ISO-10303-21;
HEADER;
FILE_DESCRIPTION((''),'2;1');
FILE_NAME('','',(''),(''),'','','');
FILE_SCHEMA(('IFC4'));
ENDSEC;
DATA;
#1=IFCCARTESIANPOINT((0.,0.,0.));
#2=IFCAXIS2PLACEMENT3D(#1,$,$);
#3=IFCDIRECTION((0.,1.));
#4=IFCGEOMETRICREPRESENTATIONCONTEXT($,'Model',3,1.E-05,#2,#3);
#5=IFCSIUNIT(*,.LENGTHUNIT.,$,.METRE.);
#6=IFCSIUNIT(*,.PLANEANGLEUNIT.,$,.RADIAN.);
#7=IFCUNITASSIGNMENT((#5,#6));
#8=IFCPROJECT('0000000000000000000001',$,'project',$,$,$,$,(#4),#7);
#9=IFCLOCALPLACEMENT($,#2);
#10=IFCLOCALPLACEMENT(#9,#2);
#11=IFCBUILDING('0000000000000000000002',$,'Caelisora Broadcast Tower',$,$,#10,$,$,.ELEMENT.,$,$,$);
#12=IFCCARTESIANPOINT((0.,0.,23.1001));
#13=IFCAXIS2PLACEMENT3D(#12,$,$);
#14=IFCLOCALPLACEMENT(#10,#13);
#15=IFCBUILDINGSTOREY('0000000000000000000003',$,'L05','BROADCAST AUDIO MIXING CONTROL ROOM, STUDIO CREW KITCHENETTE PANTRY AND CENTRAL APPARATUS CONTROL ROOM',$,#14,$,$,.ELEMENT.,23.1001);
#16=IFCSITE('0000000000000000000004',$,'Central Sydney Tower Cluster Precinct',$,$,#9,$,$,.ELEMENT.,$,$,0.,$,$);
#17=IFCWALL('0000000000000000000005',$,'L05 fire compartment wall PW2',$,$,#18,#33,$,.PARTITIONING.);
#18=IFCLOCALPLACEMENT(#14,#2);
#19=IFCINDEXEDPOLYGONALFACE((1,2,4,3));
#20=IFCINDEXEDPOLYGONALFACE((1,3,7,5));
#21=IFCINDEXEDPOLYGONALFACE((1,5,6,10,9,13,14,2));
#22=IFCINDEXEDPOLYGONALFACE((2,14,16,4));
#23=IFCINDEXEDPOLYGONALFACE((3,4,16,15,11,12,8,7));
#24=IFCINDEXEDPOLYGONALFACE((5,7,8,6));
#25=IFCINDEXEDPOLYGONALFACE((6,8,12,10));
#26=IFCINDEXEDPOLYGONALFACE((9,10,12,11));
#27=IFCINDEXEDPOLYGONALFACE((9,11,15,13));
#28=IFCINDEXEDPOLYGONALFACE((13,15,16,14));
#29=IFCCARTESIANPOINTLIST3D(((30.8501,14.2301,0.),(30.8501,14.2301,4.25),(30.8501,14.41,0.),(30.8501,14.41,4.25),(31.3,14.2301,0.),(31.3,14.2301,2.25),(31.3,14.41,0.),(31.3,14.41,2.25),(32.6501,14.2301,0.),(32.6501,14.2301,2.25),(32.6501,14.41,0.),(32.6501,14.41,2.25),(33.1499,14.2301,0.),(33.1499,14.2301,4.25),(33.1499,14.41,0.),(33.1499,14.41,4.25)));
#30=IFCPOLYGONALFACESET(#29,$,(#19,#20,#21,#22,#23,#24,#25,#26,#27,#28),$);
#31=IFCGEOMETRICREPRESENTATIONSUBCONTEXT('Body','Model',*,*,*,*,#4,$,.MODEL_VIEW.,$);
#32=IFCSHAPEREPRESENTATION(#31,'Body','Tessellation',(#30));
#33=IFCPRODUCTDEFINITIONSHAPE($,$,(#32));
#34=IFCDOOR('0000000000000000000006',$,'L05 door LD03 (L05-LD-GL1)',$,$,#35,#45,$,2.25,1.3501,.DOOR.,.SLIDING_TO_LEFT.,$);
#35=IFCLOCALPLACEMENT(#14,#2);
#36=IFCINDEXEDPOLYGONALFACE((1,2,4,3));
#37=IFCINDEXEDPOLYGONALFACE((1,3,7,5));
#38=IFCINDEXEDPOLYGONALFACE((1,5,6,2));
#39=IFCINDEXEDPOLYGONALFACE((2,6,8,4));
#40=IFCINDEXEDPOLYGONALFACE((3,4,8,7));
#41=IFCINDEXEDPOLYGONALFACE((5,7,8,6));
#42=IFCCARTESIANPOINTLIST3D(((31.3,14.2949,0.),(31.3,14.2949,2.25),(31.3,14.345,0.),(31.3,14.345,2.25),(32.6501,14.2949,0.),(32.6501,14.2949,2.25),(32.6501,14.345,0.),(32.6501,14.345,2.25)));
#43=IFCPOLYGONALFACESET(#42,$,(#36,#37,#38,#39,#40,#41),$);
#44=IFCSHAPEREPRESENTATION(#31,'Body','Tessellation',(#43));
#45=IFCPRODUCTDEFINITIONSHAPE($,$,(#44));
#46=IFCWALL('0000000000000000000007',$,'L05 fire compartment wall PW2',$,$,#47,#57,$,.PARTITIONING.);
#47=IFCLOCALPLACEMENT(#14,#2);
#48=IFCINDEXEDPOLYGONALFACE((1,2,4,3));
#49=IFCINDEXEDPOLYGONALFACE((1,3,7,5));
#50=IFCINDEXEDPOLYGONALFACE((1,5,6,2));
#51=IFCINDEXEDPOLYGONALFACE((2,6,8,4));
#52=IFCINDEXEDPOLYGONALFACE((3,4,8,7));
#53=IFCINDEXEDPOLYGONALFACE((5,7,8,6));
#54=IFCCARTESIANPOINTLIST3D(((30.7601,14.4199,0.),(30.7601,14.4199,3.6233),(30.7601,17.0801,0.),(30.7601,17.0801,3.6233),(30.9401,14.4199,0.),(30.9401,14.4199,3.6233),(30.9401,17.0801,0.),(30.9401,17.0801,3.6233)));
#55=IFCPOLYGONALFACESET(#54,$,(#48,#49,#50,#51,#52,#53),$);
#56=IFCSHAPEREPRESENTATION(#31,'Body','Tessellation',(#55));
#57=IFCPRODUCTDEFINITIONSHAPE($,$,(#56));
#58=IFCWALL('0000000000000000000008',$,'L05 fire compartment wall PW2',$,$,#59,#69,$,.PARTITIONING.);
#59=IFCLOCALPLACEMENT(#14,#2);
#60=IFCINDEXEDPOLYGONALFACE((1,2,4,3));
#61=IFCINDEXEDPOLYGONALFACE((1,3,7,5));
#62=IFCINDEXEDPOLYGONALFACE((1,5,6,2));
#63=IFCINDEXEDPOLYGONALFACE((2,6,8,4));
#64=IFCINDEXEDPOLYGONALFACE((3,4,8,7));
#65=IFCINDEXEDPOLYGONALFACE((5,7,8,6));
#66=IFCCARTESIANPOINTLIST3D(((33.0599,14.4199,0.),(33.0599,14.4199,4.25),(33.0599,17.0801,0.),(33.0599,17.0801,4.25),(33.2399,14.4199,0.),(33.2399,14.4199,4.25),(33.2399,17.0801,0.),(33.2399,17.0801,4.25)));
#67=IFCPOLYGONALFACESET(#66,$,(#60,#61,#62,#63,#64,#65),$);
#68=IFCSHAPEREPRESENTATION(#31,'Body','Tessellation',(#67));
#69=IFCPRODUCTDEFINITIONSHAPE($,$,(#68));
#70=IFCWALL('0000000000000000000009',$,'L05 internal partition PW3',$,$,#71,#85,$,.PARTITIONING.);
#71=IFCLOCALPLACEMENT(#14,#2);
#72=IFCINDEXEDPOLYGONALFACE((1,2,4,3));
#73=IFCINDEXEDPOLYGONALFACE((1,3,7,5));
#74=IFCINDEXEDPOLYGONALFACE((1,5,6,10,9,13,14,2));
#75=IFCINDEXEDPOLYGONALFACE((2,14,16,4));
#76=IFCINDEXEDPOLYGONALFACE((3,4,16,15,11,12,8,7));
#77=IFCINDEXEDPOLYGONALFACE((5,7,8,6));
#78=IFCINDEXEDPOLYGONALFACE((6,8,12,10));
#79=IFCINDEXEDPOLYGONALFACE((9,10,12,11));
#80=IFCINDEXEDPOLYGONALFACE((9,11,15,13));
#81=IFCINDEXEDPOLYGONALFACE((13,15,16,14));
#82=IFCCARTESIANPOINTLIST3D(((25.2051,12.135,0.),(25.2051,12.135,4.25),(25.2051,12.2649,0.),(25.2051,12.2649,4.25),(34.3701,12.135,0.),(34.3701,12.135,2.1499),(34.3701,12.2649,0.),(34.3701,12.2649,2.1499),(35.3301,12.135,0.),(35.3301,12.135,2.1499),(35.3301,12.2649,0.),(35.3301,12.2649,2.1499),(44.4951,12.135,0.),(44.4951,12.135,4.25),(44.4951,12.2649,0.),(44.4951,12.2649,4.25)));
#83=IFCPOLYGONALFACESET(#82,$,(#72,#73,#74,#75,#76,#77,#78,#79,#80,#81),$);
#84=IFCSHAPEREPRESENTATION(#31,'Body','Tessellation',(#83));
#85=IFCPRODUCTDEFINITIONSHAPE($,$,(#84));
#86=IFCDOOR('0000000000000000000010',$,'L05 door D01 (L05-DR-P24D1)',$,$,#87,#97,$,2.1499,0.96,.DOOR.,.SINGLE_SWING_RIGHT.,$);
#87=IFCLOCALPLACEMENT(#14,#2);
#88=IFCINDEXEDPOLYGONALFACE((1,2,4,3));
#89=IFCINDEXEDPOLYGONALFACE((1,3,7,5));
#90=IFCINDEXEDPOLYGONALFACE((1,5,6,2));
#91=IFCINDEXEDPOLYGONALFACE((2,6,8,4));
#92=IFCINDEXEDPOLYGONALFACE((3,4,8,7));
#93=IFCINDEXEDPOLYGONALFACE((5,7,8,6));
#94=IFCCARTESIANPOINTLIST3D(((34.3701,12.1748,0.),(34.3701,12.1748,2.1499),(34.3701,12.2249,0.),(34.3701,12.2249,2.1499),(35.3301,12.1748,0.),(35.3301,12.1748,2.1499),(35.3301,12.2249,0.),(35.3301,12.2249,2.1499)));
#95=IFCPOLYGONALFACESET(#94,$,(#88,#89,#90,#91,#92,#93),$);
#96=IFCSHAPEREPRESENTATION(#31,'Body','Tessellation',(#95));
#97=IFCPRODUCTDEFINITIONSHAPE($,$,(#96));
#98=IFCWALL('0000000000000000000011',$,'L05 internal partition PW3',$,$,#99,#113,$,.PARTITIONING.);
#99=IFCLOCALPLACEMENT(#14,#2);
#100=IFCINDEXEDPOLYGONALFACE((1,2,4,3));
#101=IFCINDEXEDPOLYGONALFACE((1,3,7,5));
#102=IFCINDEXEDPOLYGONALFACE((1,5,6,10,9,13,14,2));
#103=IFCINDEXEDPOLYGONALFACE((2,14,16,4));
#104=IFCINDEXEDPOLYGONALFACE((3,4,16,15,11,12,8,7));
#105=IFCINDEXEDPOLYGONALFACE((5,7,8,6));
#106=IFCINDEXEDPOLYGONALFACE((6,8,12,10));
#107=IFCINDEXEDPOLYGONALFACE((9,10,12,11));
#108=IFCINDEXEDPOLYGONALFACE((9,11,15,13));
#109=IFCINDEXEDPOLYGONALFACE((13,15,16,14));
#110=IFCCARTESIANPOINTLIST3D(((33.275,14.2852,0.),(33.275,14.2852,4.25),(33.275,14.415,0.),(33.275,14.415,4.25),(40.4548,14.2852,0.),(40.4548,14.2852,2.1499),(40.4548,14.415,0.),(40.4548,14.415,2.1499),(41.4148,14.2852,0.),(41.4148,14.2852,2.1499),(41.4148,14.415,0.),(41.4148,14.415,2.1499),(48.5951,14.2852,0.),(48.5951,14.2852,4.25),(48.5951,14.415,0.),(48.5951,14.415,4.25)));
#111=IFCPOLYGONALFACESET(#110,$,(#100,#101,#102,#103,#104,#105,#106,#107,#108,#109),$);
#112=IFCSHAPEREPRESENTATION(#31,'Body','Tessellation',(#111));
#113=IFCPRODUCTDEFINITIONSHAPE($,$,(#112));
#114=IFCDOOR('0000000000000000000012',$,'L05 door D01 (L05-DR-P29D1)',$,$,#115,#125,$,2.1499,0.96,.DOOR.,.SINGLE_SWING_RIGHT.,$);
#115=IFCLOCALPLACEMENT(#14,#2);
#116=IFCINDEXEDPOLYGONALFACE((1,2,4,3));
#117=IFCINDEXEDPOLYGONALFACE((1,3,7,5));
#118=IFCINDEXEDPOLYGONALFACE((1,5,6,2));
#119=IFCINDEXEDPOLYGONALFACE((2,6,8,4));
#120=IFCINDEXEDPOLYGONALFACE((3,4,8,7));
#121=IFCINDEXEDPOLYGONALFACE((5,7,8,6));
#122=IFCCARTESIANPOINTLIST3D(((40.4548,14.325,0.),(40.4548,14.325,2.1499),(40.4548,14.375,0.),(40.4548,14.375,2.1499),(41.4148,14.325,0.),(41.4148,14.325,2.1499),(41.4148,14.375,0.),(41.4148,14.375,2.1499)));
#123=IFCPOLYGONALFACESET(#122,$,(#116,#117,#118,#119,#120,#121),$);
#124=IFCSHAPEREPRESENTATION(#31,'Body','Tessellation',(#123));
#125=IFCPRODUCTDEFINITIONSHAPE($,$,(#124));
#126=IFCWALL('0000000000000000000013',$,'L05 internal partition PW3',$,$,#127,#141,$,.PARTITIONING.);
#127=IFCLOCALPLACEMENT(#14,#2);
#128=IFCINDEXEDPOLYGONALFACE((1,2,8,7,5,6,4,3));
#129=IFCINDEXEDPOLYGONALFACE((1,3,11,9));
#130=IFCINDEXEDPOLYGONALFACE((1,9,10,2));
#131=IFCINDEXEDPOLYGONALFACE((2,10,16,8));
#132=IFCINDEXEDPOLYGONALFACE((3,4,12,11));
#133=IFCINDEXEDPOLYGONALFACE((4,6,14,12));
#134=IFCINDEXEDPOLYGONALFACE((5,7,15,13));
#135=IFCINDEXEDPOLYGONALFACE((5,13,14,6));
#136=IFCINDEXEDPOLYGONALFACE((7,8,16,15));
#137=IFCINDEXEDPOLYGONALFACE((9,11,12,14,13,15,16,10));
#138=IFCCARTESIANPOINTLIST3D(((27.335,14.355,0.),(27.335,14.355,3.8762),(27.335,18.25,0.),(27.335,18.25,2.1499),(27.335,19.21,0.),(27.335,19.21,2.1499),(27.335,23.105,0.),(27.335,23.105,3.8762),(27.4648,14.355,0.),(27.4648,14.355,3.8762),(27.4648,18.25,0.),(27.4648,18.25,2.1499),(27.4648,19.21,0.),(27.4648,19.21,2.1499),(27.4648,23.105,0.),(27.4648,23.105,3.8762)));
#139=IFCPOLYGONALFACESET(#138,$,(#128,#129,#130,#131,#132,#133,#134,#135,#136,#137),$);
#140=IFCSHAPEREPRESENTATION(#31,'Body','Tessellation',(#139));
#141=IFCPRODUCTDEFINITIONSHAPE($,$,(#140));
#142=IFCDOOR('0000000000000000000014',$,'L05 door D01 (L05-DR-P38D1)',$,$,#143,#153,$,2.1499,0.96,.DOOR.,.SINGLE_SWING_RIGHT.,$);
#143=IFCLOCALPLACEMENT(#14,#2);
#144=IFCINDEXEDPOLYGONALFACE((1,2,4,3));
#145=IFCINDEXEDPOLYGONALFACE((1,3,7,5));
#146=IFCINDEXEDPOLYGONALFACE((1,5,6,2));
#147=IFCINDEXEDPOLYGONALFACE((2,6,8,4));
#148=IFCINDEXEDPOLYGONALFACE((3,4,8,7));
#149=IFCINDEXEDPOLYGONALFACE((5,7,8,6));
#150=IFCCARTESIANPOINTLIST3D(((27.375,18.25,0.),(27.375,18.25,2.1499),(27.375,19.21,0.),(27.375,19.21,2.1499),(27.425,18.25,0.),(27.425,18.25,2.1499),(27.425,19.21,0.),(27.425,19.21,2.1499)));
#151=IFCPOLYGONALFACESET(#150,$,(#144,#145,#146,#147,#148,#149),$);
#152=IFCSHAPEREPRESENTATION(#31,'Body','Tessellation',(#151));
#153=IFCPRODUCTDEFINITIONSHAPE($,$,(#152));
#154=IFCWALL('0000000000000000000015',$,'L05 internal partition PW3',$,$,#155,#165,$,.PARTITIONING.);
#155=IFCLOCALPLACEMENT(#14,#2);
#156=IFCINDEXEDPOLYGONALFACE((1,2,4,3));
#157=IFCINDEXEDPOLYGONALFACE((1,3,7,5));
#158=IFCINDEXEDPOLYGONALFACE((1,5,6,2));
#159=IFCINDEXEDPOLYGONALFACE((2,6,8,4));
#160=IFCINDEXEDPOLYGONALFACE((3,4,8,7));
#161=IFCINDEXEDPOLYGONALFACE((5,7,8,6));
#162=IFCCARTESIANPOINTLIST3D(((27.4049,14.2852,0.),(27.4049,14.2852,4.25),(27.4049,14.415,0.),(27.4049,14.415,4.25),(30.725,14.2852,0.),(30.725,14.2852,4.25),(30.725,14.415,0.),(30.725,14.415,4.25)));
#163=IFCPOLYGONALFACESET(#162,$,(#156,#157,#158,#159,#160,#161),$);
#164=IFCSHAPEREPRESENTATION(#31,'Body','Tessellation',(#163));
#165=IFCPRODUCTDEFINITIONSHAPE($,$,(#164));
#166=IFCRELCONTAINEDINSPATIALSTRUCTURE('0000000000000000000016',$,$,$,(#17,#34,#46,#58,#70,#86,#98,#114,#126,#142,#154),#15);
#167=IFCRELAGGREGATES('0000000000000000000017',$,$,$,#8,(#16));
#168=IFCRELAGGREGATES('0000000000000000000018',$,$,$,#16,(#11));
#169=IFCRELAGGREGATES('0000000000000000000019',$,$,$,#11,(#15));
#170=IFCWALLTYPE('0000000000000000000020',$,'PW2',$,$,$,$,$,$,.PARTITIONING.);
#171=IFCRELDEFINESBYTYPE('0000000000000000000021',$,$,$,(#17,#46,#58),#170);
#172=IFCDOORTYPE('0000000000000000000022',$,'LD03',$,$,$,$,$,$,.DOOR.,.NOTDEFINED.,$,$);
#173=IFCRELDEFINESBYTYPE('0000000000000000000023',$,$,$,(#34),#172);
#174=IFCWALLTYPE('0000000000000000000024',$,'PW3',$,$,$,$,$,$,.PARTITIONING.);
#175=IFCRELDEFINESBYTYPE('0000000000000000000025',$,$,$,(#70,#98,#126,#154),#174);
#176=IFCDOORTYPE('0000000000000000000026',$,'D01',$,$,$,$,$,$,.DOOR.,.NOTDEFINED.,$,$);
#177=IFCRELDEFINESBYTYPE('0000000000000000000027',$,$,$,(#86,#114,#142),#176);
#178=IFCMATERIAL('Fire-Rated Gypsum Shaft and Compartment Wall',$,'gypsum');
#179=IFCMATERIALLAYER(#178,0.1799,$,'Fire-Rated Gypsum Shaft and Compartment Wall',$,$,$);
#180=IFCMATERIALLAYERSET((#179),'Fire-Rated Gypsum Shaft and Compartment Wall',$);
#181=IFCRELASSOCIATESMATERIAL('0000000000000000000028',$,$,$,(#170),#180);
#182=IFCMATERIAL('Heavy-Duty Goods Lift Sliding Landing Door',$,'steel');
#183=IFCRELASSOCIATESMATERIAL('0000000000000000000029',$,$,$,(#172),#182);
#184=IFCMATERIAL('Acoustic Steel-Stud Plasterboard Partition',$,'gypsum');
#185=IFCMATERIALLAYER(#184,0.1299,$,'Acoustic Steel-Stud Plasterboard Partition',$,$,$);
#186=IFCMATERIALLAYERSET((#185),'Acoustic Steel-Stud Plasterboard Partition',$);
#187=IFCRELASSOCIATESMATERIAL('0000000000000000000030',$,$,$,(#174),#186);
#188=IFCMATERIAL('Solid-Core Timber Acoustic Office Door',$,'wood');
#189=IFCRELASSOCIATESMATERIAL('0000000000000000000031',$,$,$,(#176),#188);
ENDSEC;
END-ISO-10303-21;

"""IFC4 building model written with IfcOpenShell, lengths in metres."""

from ifc_helpers import new_model, si_unit, direction, frame, frame_2d, origin, place, context, subcontext, project, spatial, rectangle, extrude, material, layer, layer_set, type_object, element, fill, save


model = new_model("IFC4")

# Units and contexts
model_context = context("Model", 3, precision=1e-05, world=origin(), true_north=direction((0.0, 1.0)))
body_context = subcontext(model_context, "Body", "Model", "MODEL_VIEW")
ifc_project = project(units=[si_unit("LENGTHUNIT", "METRE"), si_unit("PLANEANGLEUNIT", "RADIAN")], contexts=[model_context])

# Site, building, storey
site_placement = place(None, origin())
site = spatial("IfcSite", under=ifc_project, at=site_placement, Name="Central Sydney Tower Cluster Precinct", CompositionType="ELEMENT", RefElevation=0.0)
building_placement = place(site_placement, origin())
building = spatial("IfcBuilding", under=site, at=building_placement, Name="Caelisora Broadcast Tower", CompositionType="ELEMENT")
storey_placement = place(building_placement, frame((0.0, 0.0, 23.1001)))
storey = spatial("IfcBuildingStorey", under=building, at=storey_placement, Name="L05", Description="BROADCAST AUDIO MIXING CONTROL ROOM, STUDIO CREW KITCHENETTE PANTRY AND CENTRAL APPARATUS CONTROL ROOM", CompositionType="ELEMENT", Elevation=23.1001)

# Wall, opening, door
ifc_material_1 = material(Name="Fire-Rated Gypsum Shaft and Compartment Wall", Category="gypsum")
ifc_layer_1 = layer(ifc_material_1, 0.1799, Name="Fire-Rated Gypsum Shaft and Compartment Wall")
ifc_layer_set_1 = layer_set([ifc_layer_1], Name="Fire-Rated Gypsum Shaft and Compartment Wall")
wall_type_1 = type_object("IfcWallType", Name="PW2", PredefinedType="PARTITIONING", material=ifc_layer_set_1)
wall_1_placement = place(storey_placement, frame((30.8501, 14.3201, 0.0), z_axis=(0.0, 0.0, 1.0), x_axis=(1.0, 0.0, 0.0)))
wall_1 = element("IfcWall", 1, at=wall_1_placement, inside=storey, type_object=wall_type_1, Name="L05 fire compartment wall PW2", PredefinedType="PARTITIONING", context=body_context, shape_type="SweptSolid", body=[
    extrude(rectangle(XDim=2.2998, YDim=0.1799, at=frame_2d((1.1499, 0.0))), origin(), (0.0, 0.0, 1.0), 4.25),
])
opening_1_placement = place(wall_1_placement, frame((0.45, 0.0, 0.0)))
opening_1 = element("IfcOpeningElement", 2, at=opening_1_placement, cuts=wall_1, PredefinedType="OPENING", context=body_context, shape_type="SweptSolid", body=[
    extrude(rectangle(XDim=1.3501, YDim=2.25, at=frame_2d((0.675, 1.125))), frame((0.0, 0.1021, 0.0), z_axis=(0.0, -1.0, 0.0), x_axis=(1.0, 0.0, 0.0)), (0.0, 0.0, 1.0), 0.2039),
])
ifc_material_2 = material(Name="Heavy-Duty Goods Lift Sliding Landing Door", Category="steel")
door_type_1 = type_object("IfcDoorType", Name="LD03", OperationType="NOTDEFINED", PredefinedType="DOOR", material=ifc_material_2)
door_1_placement = place(opening_1_placement, origin())
door_1 = element("IfcDoor", 3, at=door_1_placement, inside=storey, type_object=door_type_1, Name="L05 door LD03 (L05-LD-GL1)", OperationType="SLIDING_TO_LEFT", OverallHeight=2.25, OverallWidth=1.3501, PredefinedType="DOOR", context=body_context, shape_type="SweptSolid", body=[
    extrude(rectangle(XDim=1.3501, YDim=2.25, at=frame_2d((0.675, 1.125))), frame((0.0, 0.0249, 0.0), z_axis=(0.0, -1.0, 0.0), x_axis=(1.0, 0.0, 0.0)), (0.0, 0.0, 1.0), 0.05),
])
fill(opening_1, door_1)

# Walls
wall_2_placement = place(storey_placement, frame((30.8501, 14.4199, 0.0), z_axis=(0.0, 0.0, 1.0), x_axis=(0.0, 1.0, 0.0)))
element("IfcWall", 4, at=wall_2_placement, inside=storey, type_object=wall_type_1, Name="L05 fire compartment wall PW2", PredefinedType="PARTITIONING", context=body_context, shape_type="SweptSolid", body=[
    extrude(rectangle(XDim=2.6602, YDim=0.1799, at=frame_2d((1.3301, 0.0))), origin(), (0.0, 0.0, 1.0), 3.6233),
])
wall_3_placement = place(storey_placement, frame((33.1499, 14.4199, 0.0), z_axis=(0.0, 0.0, 1.0), x_axis=(0.0, 1.0, 0.0)))
element("IfcWall", 5, at=wall_3_placement, inside=storey, type_object=wall_type_1, Name="L05 fire compartment wall PW2", PredefinedType="PARTITIONING", context=body_context, shape_type="SweptSolid", body=[
    extrude(rectangle(XDim=2.6602, YDim=0.1799, at=frame_2d((1.3301, 0.0))), origin(), (0.0, 0.0, 1.0), 4.25),
])

# Walls, openings, doors
ifc_material_3 = material(Name="Acoustic Steel-Stud Plasterboard Partition", Category="gypsum")
ifc_layer_2 = layer(ifc_material_3, 0.1299, Name="Acoustic Steel-Stud Plasterboard Partition")
ifc_layer_set_2 = layer_set([ifc_layer_2], Name="Acoustic Steel-Stud Plasterboard Partition")
wall_type_2 = type_object("IfcWallType", Name="PW3", PredefinedType="PARTITIONING", material=ifc_layer_set_2)
wall_4_placement = place(storey_placement, frame((25.2051, 12.2, 0.0), z_axis=(0.0, 0.0, 1.0), x_axis=(1.0, 0.0, 0.0)))
wall_4 = element("IfcWall", 6, at=wall_4_placement, inside=storey, type_object=wall_type_2, Name="L05 internal partition PW3", PredefinedType="PARTITIONING", context=body_context, shape_type="SweptSolid", body=[
    extrude(rectangle(XDim=19.29, YDim=0.1299, at=frame_2d((9.645, 0.0))), origin(), (0.0, 0.0, 1.0), 4.25),
])
opening_2_placement = place(wall_4_placement, frame((9.165, 0.0, 0.0)))
opening_2 = element("IfcOpeningElement", 7, at=opening_2_placement, cuts=wall_4, PredefinedType="OPENING", context=body_context, shape_type="SweptSolid", body=[
    extrude(rectangle(XDim=0.96, YDim=2.1499, at=frame_2d((0.48, 1.075))), frame((0.0, 0.0769, 0.0), z_axis=(0.0, -1.0, 0.0), x_axis=(1.0, 0.0, 0.0)), (0.0, 0.0, 1.0), 0.1538),
])
ifc_material_4 = material(Name="Solid-Core Timber Acoustic Office Door", Category="wood")
door_type_2 = type_object("IfcDoorType", Name="D01", OperationType="NOTDEFINED", PredefinedType="DOOR", material=ifc_material_4)
door_2_placement = place(opening_2_placement, origin())
door_2 = element("IfcDoor", 8, at=door_2_placement, inside=storey, type_object=door_type_2, Name="L05 door D01 (L05-DR-P24D1)", OperationType="SINGLE_SWING_RIGHT", OverallHeight=2.1499, OverallWidth=0.96, PredefinedType="DOOR", context=body_context, shape_type="SweptSolid", body=[
    extrude(rectangle(XDim=0.96, YDim=2.1499, at=frame_2d((0.48, 1.075))), frame((0.0, 0.0249, 0.0), z_axis=(0.0, -1.0, 0.0), x_axis=(1.0, 0.0, 0.0)), (0.0, 0.0, 1.0), 0.05),
])
fill(opening_2, door_2)
wall_5_placement = place(storey_placement, frame((33.2749, 14.3501, 0.0), z_axis=(0.0, 0.0, 1.0), x_axis=(1.0, 0.0, 0.0)))
wall_5 = element("IfcWall", 9, at=wall_5_placement, inside=storey, type_object=wall_type_2, Name="L05 internal partition PW3", PredefinedType="PARTITIONING", context=body_context, shape_type="SweptSolid", body=[
    extrude(rectangle(XDim=15.3201, YDim=0.1299, at=frame_2d((7.6602, 0.0))), origin(), (0.0, 0.0, 1.0), 4.25),
])
opening_3_placement = place(wall_5_placement, frame((7.1799, 0.0, 0.0)))
opening_3 = element("IfcOpeningElement", 10, at=opening_3_placement, cuts=wall_5, PredefinedType="OPENING", context=body_context, shape_type="SweptSolid", body=[
    extrude(rectangle(XDim=0.96, YDim=2.1499, at=frame_2d((0.48, 1.075))), frame((0.0, 0.0769, 0.0), z_axis=(0.0, -1.0, 0.0), x_axis=(1.0, 0.0, 0.0)), (0.0, 0.0, 1.0), 0.1538),
])
door_3_placement = place(opening_3_placement, origin())
door_3 = element("IfcDoor", 11, at=door_3_placement, inside=storey, type_object=door_type_2, Name="L05 door D01 (L05-DR-P29D1)", OperationType="SINGLE_SWING_RIGHT", OverallHeight=2.1499, OverallWidth=0.96, PredefinedType="DOOR", context=body_context, shape_type="SweptSolid", body=[
    extrude(rectangle(XDim=0.96, YDim=2.1499, at=frame_2d((0.48, 1.075))), frame((0.0, 0.0249, 0.0), z_axis=(0.0, -1.0, 0.0), x_axis=(1.0, 0.0, 0.0)), (0.0, 0.0, 1.0), 0.05),
])
fill(opening_3, door_3)
wall_6_placement = place(storey_placement, frame((27.3999, 14.355, 0.0), z_axis=(0.0, 0.0, 1.0), x_axis=(0.0, 1.0, 0.0)))
wall_6 = element("IfcWall", 12, at=wall_6_placement, inside=storey, type_object=wall_type_2, Name="L05 internal partition PW3", PredefinedType="PARTITIONING", context=body_context, shape_type="SweptSolid", body=[
    extrude(rectangle(XDim=8.75, YDim=0.1299, at=frame_2d((4.375, 0.0))), origin(), (0.0, 0.0, 1.0), 3.8762),
])
opening_4_placement = place(wall_6_placement, frame((3.895, 0.0, 0.0)))
opening_4 = element("IfcOpeningElement", 13, at=opening_4_placement, cuts=wall_6, PredefinedType="OPENING", context=body_context, shape_type="SweptSolid", body=[
    extrude(rectangle(XDim=0.96, YDim=2.1499, at=frame_2d((0.48, 1.075))), frame((0.0, 0.0769, 0.0), z_axis=(0.0, -1.0, 0.0), x_axis=(1.0, 0.0, 0.0)), (0.0, 0.0, 1.0), 0.1538),
])
door_4_placement = place(opening_4_placement, origin())
door_4 = element("IfcDoor", 14, at=door_4_placement, inside=storey, type_object=door_type_2, Name="L05 door D01 (L05-DR-P38D1)", OperationType="SINGLE_SWING_RIGHT", OverallHeight=2.1499, OverallWidth=0.96, PredefinedType="DOOR", context=body_context, shape_type="SweptSolid", body=[
    extrude(rectangle(XDim=0.96, YDim=2.1499, at=frame_2d((0.48, 1.075))), frame((0.0, 0.0249, 0.0), z_axis=(0.0, -1.0, 0.0), x_axis=(1.0, 0.0, 0.0)), (0.0, 0.0, 1.0), 0.05),
])
fill(opening_4, door_4)

# Wall
wall_7_placement = place(storey_placement, frame((30.7251, 14.3501, 0.0), z_axis=(0.0, 0.0, 1.0), x_axis=(-1.0, 0.0, 0.0)))
element("IfcWall", 15, at=wall_7_placement, inside=storey, type_object=wall_type_2, Name="L05 internal partition PW3", PredefinedType="PARTITIONING", context=body_context, shape_type="SweptSolid", body=[
    extrude(rectangle(XDim=3.3201, YDim=0.1299, at=frame_2d((1.6602, 0.0))), origin(), (0.0, 0.0, 1.0), 4.25),
])

save(model, "model.ifc")
